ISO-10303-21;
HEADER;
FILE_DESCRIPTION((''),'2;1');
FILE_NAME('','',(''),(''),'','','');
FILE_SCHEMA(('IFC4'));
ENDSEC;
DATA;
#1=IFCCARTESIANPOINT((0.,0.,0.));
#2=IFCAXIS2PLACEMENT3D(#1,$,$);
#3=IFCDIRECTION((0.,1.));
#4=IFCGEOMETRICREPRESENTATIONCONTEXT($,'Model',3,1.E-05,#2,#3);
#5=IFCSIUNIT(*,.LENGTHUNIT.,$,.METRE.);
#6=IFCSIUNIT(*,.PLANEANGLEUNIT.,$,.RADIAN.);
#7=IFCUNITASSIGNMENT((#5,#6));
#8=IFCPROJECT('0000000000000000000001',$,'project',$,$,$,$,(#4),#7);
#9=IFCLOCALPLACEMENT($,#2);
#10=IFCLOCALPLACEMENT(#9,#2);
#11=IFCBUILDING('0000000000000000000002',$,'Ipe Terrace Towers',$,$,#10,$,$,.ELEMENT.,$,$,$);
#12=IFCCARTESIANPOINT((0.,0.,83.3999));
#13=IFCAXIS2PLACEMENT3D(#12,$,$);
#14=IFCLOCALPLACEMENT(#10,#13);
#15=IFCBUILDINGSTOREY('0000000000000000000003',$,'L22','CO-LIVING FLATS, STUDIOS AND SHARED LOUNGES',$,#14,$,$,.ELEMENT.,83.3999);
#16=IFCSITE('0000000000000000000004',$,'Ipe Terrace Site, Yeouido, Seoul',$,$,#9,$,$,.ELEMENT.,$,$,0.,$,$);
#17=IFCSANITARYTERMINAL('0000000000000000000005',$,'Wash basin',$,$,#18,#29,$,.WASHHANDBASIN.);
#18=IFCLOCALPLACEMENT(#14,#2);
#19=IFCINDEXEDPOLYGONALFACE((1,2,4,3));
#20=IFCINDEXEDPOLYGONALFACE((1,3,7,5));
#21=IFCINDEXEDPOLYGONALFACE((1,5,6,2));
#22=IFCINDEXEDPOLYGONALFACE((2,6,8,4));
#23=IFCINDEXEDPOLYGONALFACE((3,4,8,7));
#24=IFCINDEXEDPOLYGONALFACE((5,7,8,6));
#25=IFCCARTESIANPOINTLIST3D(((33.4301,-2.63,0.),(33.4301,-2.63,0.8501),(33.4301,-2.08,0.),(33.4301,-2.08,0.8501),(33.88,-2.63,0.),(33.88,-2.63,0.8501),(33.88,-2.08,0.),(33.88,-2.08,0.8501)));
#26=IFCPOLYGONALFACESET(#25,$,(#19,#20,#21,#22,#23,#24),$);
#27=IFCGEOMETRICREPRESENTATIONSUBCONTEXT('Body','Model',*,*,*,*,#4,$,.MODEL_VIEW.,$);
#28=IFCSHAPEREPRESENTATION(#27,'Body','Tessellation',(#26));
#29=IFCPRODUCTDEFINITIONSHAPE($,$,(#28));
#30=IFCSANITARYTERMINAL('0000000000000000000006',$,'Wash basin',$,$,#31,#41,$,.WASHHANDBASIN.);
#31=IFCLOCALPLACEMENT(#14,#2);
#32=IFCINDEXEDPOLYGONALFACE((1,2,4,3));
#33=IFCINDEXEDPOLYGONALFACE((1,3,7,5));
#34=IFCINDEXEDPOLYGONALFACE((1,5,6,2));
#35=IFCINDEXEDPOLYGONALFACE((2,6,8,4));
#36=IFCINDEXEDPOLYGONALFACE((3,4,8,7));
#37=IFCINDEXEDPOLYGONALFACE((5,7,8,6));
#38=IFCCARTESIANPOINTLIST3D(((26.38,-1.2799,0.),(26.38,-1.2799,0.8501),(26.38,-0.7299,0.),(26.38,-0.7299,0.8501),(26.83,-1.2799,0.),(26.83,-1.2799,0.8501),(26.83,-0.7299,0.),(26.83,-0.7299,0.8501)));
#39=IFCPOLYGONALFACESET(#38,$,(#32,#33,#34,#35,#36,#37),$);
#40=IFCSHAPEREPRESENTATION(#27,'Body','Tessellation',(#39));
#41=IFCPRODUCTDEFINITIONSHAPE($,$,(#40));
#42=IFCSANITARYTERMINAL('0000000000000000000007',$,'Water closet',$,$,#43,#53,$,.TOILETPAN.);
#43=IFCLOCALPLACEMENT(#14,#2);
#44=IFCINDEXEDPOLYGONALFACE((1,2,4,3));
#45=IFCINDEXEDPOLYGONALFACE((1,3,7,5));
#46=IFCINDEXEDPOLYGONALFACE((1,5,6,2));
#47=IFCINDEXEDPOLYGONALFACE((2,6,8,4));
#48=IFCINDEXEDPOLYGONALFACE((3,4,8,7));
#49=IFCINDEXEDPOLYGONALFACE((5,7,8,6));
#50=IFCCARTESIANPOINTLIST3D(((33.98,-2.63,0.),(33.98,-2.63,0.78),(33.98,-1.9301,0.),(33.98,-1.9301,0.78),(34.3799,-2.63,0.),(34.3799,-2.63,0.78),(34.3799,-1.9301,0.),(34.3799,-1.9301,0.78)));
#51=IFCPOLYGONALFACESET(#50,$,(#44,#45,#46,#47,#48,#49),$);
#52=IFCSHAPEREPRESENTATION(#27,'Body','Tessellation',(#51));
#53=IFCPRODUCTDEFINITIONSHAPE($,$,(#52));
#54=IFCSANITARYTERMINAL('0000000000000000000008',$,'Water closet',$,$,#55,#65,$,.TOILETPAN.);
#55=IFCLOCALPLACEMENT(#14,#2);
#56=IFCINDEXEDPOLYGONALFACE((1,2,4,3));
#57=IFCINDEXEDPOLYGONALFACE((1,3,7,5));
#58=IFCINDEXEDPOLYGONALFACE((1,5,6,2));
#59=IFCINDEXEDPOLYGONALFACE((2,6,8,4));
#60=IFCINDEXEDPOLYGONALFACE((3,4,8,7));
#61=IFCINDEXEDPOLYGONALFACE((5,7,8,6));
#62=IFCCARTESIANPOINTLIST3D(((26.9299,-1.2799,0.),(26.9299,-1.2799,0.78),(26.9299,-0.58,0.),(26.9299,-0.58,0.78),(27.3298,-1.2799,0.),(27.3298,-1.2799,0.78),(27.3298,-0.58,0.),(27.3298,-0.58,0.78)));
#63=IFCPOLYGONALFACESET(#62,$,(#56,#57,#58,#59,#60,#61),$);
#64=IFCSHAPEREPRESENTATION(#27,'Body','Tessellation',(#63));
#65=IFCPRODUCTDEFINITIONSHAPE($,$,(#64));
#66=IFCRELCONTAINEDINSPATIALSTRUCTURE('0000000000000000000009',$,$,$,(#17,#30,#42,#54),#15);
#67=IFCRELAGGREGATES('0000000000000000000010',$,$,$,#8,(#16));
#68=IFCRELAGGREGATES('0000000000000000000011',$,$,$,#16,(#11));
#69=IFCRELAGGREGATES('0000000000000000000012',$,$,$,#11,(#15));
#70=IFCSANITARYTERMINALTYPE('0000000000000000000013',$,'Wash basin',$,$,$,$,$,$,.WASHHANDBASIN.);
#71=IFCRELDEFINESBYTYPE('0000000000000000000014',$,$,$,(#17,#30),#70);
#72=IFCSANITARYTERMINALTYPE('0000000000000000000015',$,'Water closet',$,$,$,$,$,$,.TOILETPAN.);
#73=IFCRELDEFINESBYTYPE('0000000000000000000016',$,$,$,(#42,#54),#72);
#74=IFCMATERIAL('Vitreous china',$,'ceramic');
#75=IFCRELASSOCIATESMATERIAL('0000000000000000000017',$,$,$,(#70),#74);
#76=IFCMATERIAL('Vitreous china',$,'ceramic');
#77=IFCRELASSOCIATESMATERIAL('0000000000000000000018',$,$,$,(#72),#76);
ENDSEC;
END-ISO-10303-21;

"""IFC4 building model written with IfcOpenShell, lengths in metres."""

from ifc_helpers import new_model, si_unit, direction, frame, origin, origin_2d, place, context, subcontext, project, spatial, rectangle, extrude, material, type_object, element, save


model = new_model("IFC4")

# Units and contexts
model_context = context("Model", 3, precision=1e-05, world=origin(), true_north=direction((0.0, 1.0)))
body_context = subcontext(model_context, "Body", "Model", "MODEL_VIEW")
ifc_project = project(units=[si_unit("LENGTHUNIT", "METRE"), si_unit("PLANEANGLEUNIT", "RADIAN")], contexts=[model_context])

# Site, building, storey
site_placement = place(None, origin())
site = spatial("IfcSite", under=ifc_project, at=site_placement, Name="Ipe Terrace Site, Yeouido, Seoul", CompositionType="ELEMENT", RefElevation=0.0)
building_placement = place(site_placement, origin())
building = spatial("IfcBuilding", under=site, at=building_placement, Name="Ipe Terrace Towers", CompositionType="ELEMENT")
storey_placement = place(building_placement, frame((0.0, 0.0, 83.3999)))
storey = spatial("IfcBuildingStorey", under=building, at=storey_placement, Name="L22", Description="CO-LIVING FLATS, STUDIOS AND SHARED LOUNGES", CompositionType="ELEMENT", Elevation=83.3999)

# Sanitary terminals
ifc_material_1 = material(Name="Vitreous china", Category="ceramic")
sanitary_terminal_type_1 = type_object("IfcSanitaryTerminalType", Name="Wash basin", PredefinedType="WASHHANDBASIN", material=ifc_material_1)
for number, where, z_axis, x_axis, name in (
    (1, (33.655, -2.355, 0.0), (0.0, 0.0, 1.0), (0.0, 1.0, 0.0), "Wash basin"),
    (2, (26.605, -1.0049, 0.0), (0.0, 0.0, 1.0), (0.0, 1.0, 0.0), "Wash basin"),
):
    element("IfcSanitaryTerminal", number, at=place(storey_placement, frame(where, z_axis=z_axis, x_axis=x_axis)), inside=storey, type_object=sanitary_terminal_type_1, Name=name, PredefinedType="WASHHANDBASIN", context=body_context, shape_type="SweptSolid", body=[
        extrude(rectangle(XDim=0.55, YDim=0.45, at=origin_2d()), origin(), (0.0, 0.0, 1.0), 0.8501),
    ])
ifc_material_2 = material(Name="Vitreous china", Category="ceramic")
sanitary_terminal_type_2 = type_object("IfcSanitaryTerminalType", Name="Water closet", PredefinedType="TOILETPAN", material=ifc_material_2)
for number, where, z_axis, x_axis, name in (
    (3, (34.1799, -2.28, 0.0), (0.0, 0.0, 1.0), (0.0, 1.0, 0.0), "Water closet"),
    (4, (27.1299, -0.9299, 0.0), (0.0, 0.0, 1.0), (0.0, 1.0, 0.0), "Water closet"),
):
    element("IfcSanitaryTerminal", number, at=place(storey_placement, frame(where, z_axis=z_axis, x_axis=x_axis)), inside=storey, type_object=sanitary_terminal_type_2, Name=name, PredefinedType="TOILETPAN", context=body_context, shape_type="SweptSolid", body=[
        extrude(rectangle(XDim=0.7, YDim=0.3999, at=origin_2d()), origin(), (0.0, 0.0, 1.0), 0.78),
    ])

save(model, "model.ifc")
